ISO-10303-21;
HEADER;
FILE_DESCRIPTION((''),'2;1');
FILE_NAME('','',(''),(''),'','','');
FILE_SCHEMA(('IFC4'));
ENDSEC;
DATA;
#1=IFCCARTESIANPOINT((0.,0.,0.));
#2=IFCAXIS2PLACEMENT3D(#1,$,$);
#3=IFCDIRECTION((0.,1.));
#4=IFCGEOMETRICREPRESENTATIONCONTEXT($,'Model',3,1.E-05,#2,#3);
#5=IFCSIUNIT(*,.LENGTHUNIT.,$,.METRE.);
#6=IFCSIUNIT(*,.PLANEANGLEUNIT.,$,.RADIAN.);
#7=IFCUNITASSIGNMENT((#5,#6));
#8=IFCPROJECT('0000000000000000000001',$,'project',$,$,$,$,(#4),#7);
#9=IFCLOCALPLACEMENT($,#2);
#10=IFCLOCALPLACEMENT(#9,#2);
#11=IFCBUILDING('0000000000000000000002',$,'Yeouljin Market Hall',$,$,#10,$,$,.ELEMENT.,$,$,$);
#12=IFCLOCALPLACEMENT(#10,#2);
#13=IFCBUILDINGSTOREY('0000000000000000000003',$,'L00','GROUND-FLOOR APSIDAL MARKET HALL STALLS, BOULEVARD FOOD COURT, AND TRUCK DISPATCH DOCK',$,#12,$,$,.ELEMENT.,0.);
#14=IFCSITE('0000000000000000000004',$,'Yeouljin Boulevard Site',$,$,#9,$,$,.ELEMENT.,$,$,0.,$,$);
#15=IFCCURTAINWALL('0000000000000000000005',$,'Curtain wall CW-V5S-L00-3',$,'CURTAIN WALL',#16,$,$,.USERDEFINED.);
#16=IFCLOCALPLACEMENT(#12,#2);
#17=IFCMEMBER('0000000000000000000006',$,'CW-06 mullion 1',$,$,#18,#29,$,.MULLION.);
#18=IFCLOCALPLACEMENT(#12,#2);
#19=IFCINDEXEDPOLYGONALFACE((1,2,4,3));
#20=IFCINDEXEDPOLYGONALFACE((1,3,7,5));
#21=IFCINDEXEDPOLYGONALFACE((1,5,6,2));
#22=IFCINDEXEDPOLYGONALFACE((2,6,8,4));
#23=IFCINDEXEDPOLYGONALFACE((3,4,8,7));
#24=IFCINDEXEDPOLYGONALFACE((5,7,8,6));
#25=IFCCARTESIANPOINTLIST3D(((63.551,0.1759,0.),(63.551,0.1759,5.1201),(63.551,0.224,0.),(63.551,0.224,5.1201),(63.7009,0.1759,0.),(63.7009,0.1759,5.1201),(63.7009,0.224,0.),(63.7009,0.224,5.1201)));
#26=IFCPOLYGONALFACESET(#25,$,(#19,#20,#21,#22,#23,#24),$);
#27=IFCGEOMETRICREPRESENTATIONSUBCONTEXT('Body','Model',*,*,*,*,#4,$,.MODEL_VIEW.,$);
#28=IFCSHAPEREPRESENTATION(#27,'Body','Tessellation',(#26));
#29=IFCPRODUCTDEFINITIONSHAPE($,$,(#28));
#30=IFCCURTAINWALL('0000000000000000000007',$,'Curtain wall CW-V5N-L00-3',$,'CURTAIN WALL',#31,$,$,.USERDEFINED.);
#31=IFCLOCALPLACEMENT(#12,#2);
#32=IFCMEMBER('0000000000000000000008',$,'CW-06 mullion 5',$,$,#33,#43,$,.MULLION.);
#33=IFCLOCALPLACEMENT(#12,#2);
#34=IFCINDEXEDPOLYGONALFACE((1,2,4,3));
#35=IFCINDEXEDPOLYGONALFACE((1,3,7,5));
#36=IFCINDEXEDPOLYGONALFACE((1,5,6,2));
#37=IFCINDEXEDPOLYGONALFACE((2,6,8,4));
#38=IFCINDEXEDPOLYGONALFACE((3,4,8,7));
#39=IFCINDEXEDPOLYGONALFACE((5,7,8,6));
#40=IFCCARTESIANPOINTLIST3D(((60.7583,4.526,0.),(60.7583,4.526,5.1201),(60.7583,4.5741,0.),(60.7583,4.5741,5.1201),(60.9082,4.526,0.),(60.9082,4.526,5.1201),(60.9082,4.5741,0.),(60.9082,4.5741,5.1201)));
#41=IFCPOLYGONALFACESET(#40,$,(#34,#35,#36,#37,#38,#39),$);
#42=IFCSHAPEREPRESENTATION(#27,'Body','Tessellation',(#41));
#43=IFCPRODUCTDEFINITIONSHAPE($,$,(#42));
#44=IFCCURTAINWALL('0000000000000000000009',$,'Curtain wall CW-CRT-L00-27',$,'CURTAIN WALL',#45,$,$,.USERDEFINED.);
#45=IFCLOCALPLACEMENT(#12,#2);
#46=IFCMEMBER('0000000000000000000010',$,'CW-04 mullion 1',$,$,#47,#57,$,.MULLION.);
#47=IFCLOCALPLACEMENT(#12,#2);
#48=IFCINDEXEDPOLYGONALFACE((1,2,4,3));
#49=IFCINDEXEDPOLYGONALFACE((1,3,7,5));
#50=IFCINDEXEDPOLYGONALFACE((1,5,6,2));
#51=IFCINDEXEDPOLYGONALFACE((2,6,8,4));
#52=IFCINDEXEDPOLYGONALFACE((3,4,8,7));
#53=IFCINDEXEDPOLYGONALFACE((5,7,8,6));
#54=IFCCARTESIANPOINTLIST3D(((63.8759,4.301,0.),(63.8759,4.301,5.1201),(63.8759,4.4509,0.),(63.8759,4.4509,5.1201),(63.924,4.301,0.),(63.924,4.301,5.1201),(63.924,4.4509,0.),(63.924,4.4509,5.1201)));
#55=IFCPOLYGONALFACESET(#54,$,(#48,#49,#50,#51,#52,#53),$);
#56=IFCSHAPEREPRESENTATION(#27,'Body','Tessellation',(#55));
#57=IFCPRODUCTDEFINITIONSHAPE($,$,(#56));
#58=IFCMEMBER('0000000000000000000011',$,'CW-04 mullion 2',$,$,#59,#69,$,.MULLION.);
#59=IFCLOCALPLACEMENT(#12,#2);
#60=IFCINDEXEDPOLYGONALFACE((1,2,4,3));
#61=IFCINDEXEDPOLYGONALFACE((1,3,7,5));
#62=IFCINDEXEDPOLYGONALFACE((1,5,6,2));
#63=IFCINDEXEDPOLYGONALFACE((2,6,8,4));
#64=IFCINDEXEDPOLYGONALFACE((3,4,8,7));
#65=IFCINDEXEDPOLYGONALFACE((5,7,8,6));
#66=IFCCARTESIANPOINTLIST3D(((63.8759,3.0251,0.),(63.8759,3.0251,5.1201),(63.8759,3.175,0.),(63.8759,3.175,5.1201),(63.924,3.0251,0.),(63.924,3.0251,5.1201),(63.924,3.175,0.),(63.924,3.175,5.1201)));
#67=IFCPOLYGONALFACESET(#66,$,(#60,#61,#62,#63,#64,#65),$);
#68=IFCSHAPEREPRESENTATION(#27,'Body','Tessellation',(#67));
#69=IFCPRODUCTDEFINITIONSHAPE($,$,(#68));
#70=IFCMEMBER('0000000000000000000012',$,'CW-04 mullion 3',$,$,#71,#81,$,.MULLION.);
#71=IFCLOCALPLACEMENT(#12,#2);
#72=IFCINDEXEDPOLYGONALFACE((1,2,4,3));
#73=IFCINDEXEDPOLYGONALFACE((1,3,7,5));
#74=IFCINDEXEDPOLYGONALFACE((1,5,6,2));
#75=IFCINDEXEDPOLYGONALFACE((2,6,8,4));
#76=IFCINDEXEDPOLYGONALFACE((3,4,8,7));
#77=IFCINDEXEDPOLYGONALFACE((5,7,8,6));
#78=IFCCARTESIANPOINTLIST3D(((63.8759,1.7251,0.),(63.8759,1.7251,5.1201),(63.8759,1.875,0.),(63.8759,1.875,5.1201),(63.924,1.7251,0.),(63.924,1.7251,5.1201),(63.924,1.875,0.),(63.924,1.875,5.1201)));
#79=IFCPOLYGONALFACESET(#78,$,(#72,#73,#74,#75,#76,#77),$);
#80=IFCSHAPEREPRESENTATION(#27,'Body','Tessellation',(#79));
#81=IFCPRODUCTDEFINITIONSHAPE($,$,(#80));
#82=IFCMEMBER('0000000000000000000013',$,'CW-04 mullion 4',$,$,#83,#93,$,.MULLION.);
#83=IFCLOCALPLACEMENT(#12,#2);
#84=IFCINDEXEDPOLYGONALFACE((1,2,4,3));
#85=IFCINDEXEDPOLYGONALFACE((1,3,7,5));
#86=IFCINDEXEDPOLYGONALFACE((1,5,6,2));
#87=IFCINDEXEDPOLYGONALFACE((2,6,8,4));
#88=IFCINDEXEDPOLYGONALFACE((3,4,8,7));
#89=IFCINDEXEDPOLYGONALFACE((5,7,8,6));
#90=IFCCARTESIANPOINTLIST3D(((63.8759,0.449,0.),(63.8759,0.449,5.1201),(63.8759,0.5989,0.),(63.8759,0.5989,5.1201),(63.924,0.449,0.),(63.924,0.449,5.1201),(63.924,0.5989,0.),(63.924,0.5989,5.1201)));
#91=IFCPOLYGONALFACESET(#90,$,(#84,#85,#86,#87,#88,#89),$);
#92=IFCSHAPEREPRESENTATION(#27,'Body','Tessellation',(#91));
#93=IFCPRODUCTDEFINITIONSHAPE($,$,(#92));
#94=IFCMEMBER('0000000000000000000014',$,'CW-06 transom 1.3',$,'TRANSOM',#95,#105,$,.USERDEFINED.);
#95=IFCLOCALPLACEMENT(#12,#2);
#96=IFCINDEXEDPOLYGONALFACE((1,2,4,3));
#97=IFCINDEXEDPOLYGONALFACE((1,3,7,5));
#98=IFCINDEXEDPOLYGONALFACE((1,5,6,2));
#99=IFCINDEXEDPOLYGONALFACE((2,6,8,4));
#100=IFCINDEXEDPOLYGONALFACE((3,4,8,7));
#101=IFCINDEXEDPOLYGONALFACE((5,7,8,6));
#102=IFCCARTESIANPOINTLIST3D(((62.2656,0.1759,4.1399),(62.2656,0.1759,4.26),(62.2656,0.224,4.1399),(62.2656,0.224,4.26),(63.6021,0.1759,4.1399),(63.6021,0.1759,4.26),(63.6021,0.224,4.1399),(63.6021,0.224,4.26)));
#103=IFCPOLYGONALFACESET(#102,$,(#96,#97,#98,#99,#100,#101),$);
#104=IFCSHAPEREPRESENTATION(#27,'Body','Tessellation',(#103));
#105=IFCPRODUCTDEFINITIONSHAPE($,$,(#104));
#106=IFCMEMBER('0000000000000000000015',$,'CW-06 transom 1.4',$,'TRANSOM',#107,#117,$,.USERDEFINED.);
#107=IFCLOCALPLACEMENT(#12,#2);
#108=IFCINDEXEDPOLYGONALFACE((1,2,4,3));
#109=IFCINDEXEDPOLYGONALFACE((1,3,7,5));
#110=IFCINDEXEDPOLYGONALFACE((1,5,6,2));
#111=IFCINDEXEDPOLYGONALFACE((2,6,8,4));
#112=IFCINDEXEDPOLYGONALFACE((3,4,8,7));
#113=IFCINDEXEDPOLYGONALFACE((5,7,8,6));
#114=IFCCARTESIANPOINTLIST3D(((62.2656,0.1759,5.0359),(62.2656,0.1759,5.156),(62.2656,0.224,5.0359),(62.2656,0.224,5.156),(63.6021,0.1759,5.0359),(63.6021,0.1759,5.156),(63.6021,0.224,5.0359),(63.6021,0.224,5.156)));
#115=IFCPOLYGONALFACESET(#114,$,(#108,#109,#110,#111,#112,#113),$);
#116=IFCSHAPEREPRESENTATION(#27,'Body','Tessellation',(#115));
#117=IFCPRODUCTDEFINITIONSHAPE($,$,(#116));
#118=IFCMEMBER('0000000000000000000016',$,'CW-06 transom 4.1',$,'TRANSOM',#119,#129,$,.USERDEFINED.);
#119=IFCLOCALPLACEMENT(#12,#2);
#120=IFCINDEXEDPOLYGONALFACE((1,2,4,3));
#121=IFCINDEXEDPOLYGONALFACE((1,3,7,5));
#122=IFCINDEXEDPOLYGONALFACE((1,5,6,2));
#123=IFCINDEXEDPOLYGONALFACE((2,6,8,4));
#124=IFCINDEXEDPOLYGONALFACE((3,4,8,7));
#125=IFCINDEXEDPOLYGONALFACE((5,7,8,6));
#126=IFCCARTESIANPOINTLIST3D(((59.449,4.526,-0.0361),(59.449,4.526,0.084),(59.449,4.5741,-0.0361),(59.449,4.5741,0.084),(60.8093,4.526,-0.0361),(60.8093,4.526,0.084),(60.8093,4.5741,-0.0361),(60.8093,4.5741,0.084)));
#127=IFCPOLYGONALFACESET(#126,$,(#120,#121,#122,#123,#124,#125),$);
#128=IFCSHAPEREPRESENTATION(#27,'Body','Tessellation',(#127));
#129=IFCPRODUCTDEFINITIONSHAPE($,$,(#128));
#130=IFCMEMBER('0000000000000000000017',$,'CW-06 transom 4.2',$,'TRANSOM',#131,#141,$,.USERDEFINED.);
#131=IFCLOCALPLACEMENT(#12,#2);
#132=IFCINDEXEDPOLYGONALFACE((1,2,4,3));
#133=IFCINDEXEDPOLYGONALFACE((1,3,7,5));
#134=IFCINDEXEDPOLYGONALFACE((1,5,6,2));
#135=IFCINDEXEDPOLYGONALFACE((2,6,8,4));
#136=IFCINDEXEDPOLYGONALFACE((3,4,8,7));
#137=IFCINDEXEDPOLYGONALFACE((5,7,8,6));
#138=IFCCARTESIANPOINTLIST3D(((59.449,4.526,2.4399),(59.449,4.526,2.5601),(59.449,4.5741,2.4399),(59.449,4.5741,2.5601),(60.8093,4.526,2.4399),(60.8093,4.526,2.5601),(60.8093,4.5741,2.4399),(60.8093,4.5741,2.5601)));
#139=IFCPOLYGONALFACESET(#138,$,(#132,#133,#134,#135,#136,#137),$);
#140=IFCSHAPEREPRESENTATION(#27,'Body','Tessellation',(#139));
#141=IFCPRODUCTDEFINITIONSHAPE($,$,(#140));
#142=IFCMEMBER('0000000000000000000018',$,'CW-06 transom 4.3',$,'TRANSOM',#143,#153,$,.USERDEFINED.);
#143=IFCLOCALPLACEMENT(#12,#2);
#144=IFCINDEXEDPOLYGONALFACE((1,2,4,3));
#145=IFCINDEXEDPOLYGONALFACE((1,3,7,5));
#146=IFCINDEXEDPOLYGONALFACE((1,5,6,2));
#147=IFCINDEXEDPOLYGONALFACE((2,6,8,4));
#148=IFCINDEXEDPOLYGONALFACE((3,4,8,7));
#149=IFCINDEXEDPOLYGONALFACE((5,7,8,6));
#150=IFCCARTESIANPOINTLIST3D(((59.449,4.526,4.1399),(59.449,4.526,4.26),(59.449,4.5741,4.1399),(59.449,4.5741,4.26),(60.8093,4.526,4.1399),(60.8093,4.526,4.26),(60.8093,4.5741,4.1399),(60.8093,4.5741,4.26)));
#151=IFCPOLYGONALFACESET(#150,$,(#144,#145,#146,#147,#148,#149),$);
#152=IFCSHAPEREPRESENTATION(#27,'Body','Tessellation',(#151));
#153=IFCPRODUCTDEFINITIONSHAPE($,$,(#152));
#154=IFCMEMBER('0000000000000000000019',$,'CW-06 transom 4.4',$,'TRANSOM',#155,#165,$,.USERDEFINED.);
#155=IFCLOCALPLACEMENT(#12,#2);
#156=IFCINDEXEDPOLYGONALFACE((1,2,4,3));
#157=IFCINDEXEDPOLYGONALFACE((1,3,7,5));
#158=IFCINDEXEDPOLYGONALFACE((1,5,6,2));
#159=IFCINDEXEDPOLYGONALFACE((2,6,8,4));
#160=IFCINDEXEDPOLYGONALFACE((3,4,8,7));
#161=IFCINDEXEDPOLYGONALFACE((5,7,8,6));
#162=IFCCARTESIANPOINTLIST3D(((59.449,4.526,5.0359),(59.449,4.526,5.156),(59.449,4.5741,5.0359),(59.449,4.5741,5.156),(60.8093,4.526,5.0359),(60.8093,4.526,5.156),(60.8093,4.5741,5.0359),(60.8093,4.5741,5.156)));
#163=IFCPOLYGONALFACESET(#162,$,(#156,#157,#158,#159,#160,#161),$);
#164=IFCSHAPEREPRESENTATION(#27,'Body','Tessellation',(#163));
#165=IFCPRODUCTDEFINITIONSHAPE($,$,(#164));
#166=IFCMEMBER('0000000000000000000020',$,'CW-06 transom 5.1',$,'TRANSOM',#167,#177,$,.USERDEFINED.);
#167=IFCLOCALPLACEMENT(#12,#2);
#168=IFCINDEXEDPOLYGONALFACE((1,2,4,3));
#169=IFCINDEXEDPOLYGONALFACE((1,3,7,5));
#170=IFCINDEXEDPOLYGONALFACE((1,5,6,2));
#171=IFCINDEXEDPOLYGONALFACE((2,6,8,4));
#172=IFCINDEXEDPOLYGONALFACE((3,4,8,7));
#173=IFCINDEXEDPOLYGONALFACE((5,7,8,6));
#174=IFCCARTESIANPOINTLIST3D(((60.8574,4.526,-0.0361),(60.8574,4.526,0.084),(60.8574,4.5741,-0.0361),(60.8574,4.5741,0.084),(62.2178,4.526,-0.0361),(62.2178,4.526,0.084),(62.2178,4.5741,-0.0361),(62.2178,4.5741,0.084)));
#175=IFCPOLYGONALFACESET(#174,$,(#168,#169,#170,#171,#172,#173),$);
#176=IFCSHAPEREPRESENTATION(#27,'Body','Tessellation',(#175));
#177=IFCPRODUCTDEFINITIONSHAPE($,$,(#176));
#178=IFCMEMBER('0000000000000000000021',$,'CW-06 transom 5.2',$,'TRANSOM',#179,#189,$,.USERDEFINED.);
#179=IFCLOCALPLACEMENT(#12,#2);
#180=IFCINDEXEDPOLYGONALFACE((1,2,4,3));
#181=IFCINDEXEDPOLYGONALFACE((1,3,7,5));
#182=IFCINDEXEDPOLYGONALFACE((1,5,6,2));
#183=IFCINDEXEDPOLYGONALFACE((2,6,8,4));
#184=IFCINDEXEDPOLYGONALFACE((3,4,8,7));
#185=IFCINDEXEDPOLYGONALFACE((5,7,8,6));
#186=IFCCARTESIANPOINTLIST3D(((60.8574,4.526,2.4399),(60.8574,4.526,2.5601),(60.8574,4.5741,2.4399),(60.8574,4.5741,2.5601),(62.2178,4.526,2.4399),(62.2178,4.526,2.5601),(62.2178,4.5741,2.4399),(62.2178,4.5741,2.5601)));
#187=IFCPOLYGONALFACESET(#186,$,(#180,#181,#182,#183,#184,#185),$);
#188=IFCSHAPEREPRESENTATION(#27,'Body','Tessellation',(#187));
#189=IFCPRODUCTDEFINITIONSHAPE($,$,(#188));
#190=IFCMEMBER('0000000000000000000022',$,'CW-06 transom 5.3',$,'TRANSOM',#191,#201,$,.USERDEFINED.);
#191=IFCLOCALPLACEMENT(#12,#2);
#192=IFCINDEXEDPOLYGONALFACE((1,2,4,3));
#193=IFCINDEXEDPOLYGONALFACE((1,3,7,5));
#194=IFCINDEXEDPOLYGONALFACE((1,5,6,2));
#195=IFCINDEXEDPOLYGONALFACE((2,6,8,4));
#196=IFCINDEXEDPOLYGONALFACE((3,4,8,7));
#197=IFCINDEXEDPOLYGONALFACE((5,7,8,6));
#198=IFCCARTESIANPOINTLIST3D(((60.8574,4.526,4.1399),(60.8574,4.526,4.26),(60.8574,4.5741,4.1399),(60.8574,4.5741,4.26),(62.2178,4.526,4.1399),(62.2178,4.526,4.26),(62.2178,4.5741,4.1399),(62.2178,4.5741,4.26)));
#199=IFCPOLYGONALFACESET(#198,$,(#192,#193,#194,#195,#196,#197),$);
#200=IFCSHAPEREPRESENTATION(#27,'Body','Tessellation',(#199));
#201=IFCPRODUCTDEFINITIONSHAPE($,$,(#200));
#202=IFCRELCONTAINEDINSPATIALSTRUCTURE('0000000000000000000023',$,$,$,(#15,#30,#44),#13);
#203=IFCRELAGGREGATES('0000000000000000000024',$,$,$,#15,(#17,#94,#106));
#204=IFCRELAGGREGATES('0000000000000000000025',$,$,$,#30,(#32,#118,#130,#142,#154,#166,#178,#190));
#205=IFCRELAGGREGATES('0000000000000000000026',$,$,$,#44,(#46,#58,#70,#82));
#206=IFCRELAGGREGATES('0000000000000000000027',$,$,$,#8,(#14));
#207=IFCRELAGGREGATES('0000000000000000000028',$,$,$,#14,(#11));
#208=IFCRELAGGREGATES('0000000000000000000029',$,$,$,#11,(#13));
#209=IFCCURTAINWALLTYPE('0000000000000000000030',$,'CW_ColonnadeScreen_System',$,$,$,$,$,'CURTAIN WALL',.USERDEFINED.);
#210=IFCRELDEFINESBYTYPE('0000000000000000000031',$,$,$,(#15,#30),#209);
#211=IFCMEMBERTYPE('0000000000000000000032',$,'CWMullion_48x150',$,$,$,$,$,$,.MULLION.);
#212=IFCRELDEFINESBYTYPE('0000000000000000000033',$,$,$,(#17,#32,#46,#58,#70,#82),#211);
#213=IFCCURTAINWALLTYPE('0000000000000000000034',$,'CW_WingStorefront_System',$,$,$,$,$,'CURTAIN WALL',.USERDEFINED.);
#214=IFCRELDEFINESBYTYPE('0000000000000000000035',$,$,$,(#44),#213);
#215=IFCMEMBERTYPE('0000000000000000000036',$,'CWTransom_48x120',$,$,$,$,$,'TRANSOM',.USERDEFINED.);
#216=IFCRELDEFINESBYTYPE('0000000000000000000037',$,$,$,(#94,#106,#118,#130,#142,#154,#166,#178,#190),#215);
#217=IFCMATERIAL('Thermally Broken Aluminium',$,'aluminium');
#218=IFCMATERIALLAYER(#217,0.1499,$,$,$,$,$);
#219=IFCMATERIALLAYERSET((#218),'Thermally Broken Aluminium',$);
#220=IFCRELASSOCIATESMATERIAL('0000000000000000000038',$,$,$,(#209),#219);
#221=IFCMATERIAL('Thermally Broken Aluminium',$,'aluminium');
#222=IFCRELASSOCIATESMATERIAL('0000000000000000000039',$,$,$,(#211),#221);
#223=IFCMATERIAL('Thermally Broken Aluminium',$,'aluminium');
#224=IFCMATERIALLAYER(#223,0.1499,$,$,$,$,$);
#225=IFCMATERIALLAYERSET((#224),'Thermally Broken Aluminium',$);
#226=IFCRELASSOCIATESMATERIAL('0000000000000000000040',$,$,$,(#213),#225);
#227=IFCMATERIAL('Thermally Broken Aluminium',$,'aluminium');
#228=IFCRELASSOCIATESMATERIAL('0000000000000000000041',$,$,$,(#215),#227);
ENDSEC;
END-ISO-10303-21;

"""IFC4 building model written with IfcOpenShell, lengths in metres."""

from ifc_helpers import new_model, si_unit, direction, frame, origin, origin_2d, place, context, subcontext, project, spatial, rectangle, extrude, material, layer, layer_set, material_profile, profile_set, type_object, element, aggregate, save


model = new_model("IFC4")

# Units and contexts
model_context = context("Model", 3, precision=1e-05, world=origin(), true_north=direction((0.0, 1.0)))
body_context = subcontext(model_context, "Body", "Model", "MODEL_VIEW")
ifc_project = project(units=[si_unit("LENGTHUNIT", "METRE"), si_unit("PLANEANGLEUNIT", "RADIAN")], contexts=[model_context])

# Site, building, storey
site_placement = place(None, origin())
site = spatial("IfcSite", under=ifc_project, at=site_placement, Name="Yeouljin Boulevard Site", CompositionType="ELEMENT", RefElevation=0.0)
building_placement = place(site_placement, origin())
building = spatial("IfcBuilding", under=site, at=building_placement, Name="Yeouljin Market Hall", CompositionType="ELEMENT")
storey_placement = place(building_placement, origin())
storey = spatial("IfcBuildingStorey", under=building, at=storey_placement, Name="L00", Description="GROUND-FLOOR APSIDAL MARKET HALL STALLS, BOULEVARD FOOD COURT, AND TRUCK DISPATCH DOCK", CompositionType="ELEMENT", Elevation=0.0)

# Curtain walls, members
ifc_material_1 = material(Name="Thermally Broken Aluminium", Category="aluminium")
ifc_layer_1 = layer(ifc_material_1, 0.1499)
ifc_layer_set_1 = layer_set([ifc_layer_1], Name="Thermally Broken Aluminium")
curtain_wall_type_1 = type_object("IfcCurtainWallType", Name="CW_ColonnadeScreen_System", ElementType="CURTAIN WALL", PredefinedType="USERDEFINED", material=ifc_layer_set_1)
curtain_wall_1_placement = place(storey_placement, origin())
curtain_wall_1 = element("IfcCurtainWall", 1, at=curtain_wall_1_placement, inside=storey, type_object=curtain_wall_type_1, Name="Curtain wall CW-V5S-L00-3", ObjectType="CURTAIN WALL", PredefinedType="USERDEFINED")
ifc_material_2 = material(Name="Thermally Broken Aluminium", Category="aluminium")
ifc_material_profile_1 = material_profile(ifc_material_2, rectangle(XDim=0.0481, YDim=0.1499, at=origin_2d()), Name="CW-MULL-48x150")
ifc_profile_set_1 = profile_set([ifc_material_profile_1], Name="Thermally Broken Aluminium")
member_type_1 = type_object("IfcMemberType", Name="CWMullion_48x150", PredefinedType="MULLION", material=ifc_profile_set_1)
member_1_placement = place(storey_placement, frame((63.626, 0.2, 0.0), z_axis=(0.0, 0.0, 1.0), x_axis=(0.0, -1.0, 0.0)))
member_1 = element("IfcMember", 2, at=member_1_placement, type_object=member_type_1, Name="CW-06 mullion 1", PredefinedType="MULLION", context=body_context, shape_type="SweptSolid", body=[
    extrude(rectangle(XDim=0.0481, YDim=0.1499, at=origin_2d()), origin(), (0.0, 0.0, 1.0), 5.1201),
])
curtain_wall_2_placement = place(storey_placement, origin())
curtain_wall_2 = element("IfcCurtainWall", 3, at=curtain_wall_2_placement, inside=storey, type_object=curtain_wall_type_1, Name="Curtain wall CW-V5N-L00-3", ObjectType="CURTAIN WALL", PredefinedType="USERDEFINED")
member_2_placement = place(storey_placement, frame((60.8333, 4.55, 0.0), z_axis=(0.0, 0.0, 1.0), x_axis=(0.0, 1.0, 0.0)))
member_2 = element("IfcMember", 4, at=member_2_placement, type_object=member_type_1, Name="CW-06 mullion 5", PredefinedType="MULLION", context=body_context, shape_type="SweptSolid", body=[
    extrude(rectangle(XDim=0.0481, YDim=0.1499, at=origin_2d()), origin(), (0.0, 0.0, 1.0), 5.1201),
])

# Curtain wall, members
ifc_material_3 = material(Name="Thermally Broken Aluminium", Category="aluminium")
ifc_layer_2 = layer(ifc_material_3, 0.1499)
ifc_layer_set_2 = layer_set([ifc_layer_2], Name="Thermally Broken Aluminium")
curtain_wall_type_2 = type_object("IfcCurtainWallType", Name="CW_WingStorefront_System", ElementType="CURTAIN WALL", PredefinedType="USERDEFINED", material=ifc_layer_set_2)
curtain_wall_3_placement = place(storey_placement, origin())
curtain_wall_3 = element("IfcCurtainWall", 5, at=curtain_wall_3_placement, inside=storey, type_object=curtain_wall_type_2, Name="Curtain wall CW-CRT-L00-27", ObjectType="CURTAIN WALL", PredefinedType="USERDEFINED")
member_3_placement = place(storey_placement, frame((63.8999, 4.376, 0.0), z_axis=(0.0, 0.0, 1.0), x_axis=(1.0, 0.0, 0.0)))
member_3 = element("IfcMember", 6, at=member_3_placement, type_object=member_type_1, Name="CW-04 mullion 1", PredefinedType="MULLION", context=body_context, shape_type="SweptSolid", body=[
    extrude(rectangle(XDim=0.0481, YDim=0.1499, at=origin_2d()), origin(), (0.0, 0.0, 1.0), 5.1201),
])
member_4_placement = place(storey_placement, frame((63.8999, 3.1001, 0.0), z_axis=(0.0, 0.0, 1.0), x_axis=(1.0, 0.0, 0.0)))
member_4 = element("IfcMember", 7, at=member_4_placement, type_object=member_type_1, Name="CW-04 mullion 2", PredefinedType="MULLION", context=body_context, shape_type="SweptSolid", body=[
    extrude(rectangle(XDim=0.0481, YDim=0.1499, at=origin_2d()), origin(), (0.0, 0.0, 1.0), 5.1201),
])
member_5_placement = place(storey_placement, frame((63.8999, 1.8, 0.0), z_axis=(0.0, 0.0, 1.0), x_axis=(1.0, 0.0, 0.0)))
member_5 = element("IfcMember", 8, at=member_5_placement, type_object=member_type_1, Name="CW-04 mullion 3", PredefinedType="MULLION", context=body_context, shape_type="SweptSolid", body=[
    extrude(rectangle(XDim=0.0481, YDim=0.1499, at=origin_2d()), origin(), (0.0, 0.0, 1.0), 5.1201),
])
member_6_placement = place(storey_placement, frame((63.8999, 0.5239, 0.0), z_axis=(0.0, 0.0, 1.0), x_axis=(1.0, 0.0, 0.0)))
member_6 = element("IfcMember", 9, at=member_6_placement, type_object=member_type_1, Name="CW-04 mullion 4", PredefinedType="MULLION", context=body_context, shape_type="SweptSolid", body=[
    extrude(rectangle(XDim=0.0481, YDim=0.1499, at=origin_2d()), origin(), (0.0, 0.0, 1.0), 5.1201),
])

# Members
ifc_material_4 = material(Name="Thermally Broken Aluminium", Category="aluminium")
ifc_material_profile_2 = material_profile(ifc_material_4, rectangle(XDim=0.0481, YDim=0.1201, at=origin_2d()), Name="CW-TRAN-48x120")
ifc_profile_set_2 = profile_set([ifc_material_profile_2], Name="Thermally Broken Aluminium")
member_type_2 = type_object("IfcMemberType", Name="CWTransom_48x120", ElementType="TRANSOM", PredefinedType="USERDEFINED", material=ifc_profile_set_2)
member_7_placement = place(storey_placement, frame((63.6021, 0.2, 4.2), z_axis=(-1.0, 0.0, 0.0), x_axis=(0.0, -1.0, 0.0)))
member_7 = element("IfcMember", 10, at=member_7_placement, type_object=member_type_2, Name="CW-06 transom 1.3", ObjectType="TRANSOM", PredefinedType="USERDEFINED", context=body_context, shape_type="SweptSolid", body=[
    extrude(rectangle(XDim=0.0481, YDim=0.1201, at=origin_2d()), origin(), (0.0, 0.0, 1.0), 1.3364),
])
member_8_placement = place(storey_placement, frame((63.6021, 0.2, 5.0959), z_axis=(-1.0, 0.0, 0.0), x_axis=(0.0, -1.0, 0.0)))
member_8 = element("IfcMember", 11, at=member_8_placement, type_object=member_type_2, Name="CW-06 transom 1.4", ObjectType="TRANSOM", PredefinedType="USERDEFINED", context=body_context, shape_type="SweptSolid", body=[
    extrude(rectangle(XDim=0.0481, YDim=0.1201, at=origin_2d()), origin(), (0.0, 0.0, 1.0), 1.3364),
])
aggregate(curtain_wall_1, [member_1, member_7, member_8])
member_9_placement = place(storey_placement, frame((59.449, 4.55, 0.0239), z_axis=(1.0, 0.0, 0.0), x_axis=(0.0, 1.0, 0.0)))
member_9 = element("IfcMember", 12, at=member_9_placement, type_object=member_type_2, Name="CW-06 transom 4.1", ObjectType="TRANSOM", PredefinedType="USERDEFINED", context=body_context, shape_type="SweptSolid", body=[
    extrude(rectangle(XDim=0.0481, YDim=0.1201, at=origin_2d()), origin(), (0.0, 0.0, 1.0), 1.3604),
])
member_10_placement = place(storey_placement, frame((59.449, 4.55, 2.5), z_axis=(1.0, 0.0, 0.0), x_axis=(0.0, 1.0, 0.0)))
member_10 = element("IfcMember", 13, at=member_10_placement, type_object=member_type_2, Name="CW-06 transom 4.2", ObjectType="TRANSOM", PredefinedType="USERDEFINED", context=body_context, shape_type="SweptSolid", body=[
    extrude(rectangle(XDim=0.0481, YDim=0.1201, at=origin_2d()), origin(), (0.0, 0.0, 1.0), 1.3604),
])
member_11_placement = place(storey_placement, frame((59.449, 4.55, 4.2), z_axis=(1.0, 0.0, 0.0), x_axis=(0.0, 1.0, 0.0)))
member_11 = element("IfcMember", 14, at=member_11_placement, type_object=member_type_2, Name="CW-06 transom 4.3", ObjectType="TRANSOM", PredefinedType="USERDEFINED", context=body_context, shape_type="SweptSolid", body=[
    extrude(rectangle(XDim=0.0481, YDim=0.1201, at=origin_2d()), origin(), (0.0, 0.0, 1.0), 1.3604),
])
member_12_placement = place(storey_placement, frame((59.449, 4.55, 5.0959), z_axis=(1.0, 0.0, 0.0), x_axis=(0.0, 1.0, 0.0)))
member_12 = element("IfcMember", 15, at=member_12_placement, type_object=member_type_2, Name="CW-06 transom 4.4", ObjectType="TRANSOM", PredefinedType="USERDEFINED", context=body_context, shape_type="SweptSolid", body=[
    extrude(rectangle(XDim=0.0481, YDim=0.1201, at=origin_2d()), origin(), (0.0, 0.0, 1.0), 1.3604),
])
member_13_placement = place(storey_placement, frame((60.8574, 4.55, 0.0239), z_axis=(1.0, 0.0, 0.0), x_axis=(0.0, 1.0, 0.0)))
member_13 = element("IfcMember", 16, at=member_13_placement, type_object=member_type_2, Name="CW-06 transom 5.1", ObjectType="TRANSOM", PredefinedType="USERDEFINED", context=body_context, shape_type="SweptSolid", body=[
    extrude(rectangle(XDim=0.0481, YDim=0.1201, at=origin_2d()), origin(), (0.0, 0.0, 1.0), 1.3604),
])
member_14_placement = place(storey_placement, frame((60.8574, 4.55, 2.5), z_axis=(1.0, 0.0, 0.0), x_axis=(0.0, 1.0, 0.0)))
member_14 = element("IfcMember", 17, at=member_14_placement, type_object=member_type_2, Name="CW-06 transom 5.2", ObjectType="TRANSOM", PredefinedType="USERDEFINED", context=body_context, shape_type="SweptSolid", body=[
    extrude(rectangle(XDim=0.0481, YDim=0.1201, at=origin_2d()), origin(), (0.0, 0.0, 1.0), 1.3604),
])
member_15_placement = place(storey_placement, frame((60.8574, 4.55, 4.2), z_axis=(1.0, 0.0, 0.0), x_axis=(0.0, 1.0, 0.0)))
member_15 = element("IfcMember", 18, at=member_15_placement, type_object=member_type_2, Name="CW-06 transom 5.3", ObjectType="TRANSOM", PredefinedType="USERDEFINED", context=body_context, shape_type="SweptSolid", body=[
    extrude(rectangle(XDim=0.0481, YDim=0.1201, at=origin_2d()), origin(), (0.0, 0.0, 1.0), 1.3604),
])

aggregate(curtain_wall_2, [member_2, member_9, member_10, member_11, member_12, member_13, member_14, member_15])
aggregate(curtain_wall_3, [member_3, member_4, member_5, member_6])

save(model, "model.ifc")
